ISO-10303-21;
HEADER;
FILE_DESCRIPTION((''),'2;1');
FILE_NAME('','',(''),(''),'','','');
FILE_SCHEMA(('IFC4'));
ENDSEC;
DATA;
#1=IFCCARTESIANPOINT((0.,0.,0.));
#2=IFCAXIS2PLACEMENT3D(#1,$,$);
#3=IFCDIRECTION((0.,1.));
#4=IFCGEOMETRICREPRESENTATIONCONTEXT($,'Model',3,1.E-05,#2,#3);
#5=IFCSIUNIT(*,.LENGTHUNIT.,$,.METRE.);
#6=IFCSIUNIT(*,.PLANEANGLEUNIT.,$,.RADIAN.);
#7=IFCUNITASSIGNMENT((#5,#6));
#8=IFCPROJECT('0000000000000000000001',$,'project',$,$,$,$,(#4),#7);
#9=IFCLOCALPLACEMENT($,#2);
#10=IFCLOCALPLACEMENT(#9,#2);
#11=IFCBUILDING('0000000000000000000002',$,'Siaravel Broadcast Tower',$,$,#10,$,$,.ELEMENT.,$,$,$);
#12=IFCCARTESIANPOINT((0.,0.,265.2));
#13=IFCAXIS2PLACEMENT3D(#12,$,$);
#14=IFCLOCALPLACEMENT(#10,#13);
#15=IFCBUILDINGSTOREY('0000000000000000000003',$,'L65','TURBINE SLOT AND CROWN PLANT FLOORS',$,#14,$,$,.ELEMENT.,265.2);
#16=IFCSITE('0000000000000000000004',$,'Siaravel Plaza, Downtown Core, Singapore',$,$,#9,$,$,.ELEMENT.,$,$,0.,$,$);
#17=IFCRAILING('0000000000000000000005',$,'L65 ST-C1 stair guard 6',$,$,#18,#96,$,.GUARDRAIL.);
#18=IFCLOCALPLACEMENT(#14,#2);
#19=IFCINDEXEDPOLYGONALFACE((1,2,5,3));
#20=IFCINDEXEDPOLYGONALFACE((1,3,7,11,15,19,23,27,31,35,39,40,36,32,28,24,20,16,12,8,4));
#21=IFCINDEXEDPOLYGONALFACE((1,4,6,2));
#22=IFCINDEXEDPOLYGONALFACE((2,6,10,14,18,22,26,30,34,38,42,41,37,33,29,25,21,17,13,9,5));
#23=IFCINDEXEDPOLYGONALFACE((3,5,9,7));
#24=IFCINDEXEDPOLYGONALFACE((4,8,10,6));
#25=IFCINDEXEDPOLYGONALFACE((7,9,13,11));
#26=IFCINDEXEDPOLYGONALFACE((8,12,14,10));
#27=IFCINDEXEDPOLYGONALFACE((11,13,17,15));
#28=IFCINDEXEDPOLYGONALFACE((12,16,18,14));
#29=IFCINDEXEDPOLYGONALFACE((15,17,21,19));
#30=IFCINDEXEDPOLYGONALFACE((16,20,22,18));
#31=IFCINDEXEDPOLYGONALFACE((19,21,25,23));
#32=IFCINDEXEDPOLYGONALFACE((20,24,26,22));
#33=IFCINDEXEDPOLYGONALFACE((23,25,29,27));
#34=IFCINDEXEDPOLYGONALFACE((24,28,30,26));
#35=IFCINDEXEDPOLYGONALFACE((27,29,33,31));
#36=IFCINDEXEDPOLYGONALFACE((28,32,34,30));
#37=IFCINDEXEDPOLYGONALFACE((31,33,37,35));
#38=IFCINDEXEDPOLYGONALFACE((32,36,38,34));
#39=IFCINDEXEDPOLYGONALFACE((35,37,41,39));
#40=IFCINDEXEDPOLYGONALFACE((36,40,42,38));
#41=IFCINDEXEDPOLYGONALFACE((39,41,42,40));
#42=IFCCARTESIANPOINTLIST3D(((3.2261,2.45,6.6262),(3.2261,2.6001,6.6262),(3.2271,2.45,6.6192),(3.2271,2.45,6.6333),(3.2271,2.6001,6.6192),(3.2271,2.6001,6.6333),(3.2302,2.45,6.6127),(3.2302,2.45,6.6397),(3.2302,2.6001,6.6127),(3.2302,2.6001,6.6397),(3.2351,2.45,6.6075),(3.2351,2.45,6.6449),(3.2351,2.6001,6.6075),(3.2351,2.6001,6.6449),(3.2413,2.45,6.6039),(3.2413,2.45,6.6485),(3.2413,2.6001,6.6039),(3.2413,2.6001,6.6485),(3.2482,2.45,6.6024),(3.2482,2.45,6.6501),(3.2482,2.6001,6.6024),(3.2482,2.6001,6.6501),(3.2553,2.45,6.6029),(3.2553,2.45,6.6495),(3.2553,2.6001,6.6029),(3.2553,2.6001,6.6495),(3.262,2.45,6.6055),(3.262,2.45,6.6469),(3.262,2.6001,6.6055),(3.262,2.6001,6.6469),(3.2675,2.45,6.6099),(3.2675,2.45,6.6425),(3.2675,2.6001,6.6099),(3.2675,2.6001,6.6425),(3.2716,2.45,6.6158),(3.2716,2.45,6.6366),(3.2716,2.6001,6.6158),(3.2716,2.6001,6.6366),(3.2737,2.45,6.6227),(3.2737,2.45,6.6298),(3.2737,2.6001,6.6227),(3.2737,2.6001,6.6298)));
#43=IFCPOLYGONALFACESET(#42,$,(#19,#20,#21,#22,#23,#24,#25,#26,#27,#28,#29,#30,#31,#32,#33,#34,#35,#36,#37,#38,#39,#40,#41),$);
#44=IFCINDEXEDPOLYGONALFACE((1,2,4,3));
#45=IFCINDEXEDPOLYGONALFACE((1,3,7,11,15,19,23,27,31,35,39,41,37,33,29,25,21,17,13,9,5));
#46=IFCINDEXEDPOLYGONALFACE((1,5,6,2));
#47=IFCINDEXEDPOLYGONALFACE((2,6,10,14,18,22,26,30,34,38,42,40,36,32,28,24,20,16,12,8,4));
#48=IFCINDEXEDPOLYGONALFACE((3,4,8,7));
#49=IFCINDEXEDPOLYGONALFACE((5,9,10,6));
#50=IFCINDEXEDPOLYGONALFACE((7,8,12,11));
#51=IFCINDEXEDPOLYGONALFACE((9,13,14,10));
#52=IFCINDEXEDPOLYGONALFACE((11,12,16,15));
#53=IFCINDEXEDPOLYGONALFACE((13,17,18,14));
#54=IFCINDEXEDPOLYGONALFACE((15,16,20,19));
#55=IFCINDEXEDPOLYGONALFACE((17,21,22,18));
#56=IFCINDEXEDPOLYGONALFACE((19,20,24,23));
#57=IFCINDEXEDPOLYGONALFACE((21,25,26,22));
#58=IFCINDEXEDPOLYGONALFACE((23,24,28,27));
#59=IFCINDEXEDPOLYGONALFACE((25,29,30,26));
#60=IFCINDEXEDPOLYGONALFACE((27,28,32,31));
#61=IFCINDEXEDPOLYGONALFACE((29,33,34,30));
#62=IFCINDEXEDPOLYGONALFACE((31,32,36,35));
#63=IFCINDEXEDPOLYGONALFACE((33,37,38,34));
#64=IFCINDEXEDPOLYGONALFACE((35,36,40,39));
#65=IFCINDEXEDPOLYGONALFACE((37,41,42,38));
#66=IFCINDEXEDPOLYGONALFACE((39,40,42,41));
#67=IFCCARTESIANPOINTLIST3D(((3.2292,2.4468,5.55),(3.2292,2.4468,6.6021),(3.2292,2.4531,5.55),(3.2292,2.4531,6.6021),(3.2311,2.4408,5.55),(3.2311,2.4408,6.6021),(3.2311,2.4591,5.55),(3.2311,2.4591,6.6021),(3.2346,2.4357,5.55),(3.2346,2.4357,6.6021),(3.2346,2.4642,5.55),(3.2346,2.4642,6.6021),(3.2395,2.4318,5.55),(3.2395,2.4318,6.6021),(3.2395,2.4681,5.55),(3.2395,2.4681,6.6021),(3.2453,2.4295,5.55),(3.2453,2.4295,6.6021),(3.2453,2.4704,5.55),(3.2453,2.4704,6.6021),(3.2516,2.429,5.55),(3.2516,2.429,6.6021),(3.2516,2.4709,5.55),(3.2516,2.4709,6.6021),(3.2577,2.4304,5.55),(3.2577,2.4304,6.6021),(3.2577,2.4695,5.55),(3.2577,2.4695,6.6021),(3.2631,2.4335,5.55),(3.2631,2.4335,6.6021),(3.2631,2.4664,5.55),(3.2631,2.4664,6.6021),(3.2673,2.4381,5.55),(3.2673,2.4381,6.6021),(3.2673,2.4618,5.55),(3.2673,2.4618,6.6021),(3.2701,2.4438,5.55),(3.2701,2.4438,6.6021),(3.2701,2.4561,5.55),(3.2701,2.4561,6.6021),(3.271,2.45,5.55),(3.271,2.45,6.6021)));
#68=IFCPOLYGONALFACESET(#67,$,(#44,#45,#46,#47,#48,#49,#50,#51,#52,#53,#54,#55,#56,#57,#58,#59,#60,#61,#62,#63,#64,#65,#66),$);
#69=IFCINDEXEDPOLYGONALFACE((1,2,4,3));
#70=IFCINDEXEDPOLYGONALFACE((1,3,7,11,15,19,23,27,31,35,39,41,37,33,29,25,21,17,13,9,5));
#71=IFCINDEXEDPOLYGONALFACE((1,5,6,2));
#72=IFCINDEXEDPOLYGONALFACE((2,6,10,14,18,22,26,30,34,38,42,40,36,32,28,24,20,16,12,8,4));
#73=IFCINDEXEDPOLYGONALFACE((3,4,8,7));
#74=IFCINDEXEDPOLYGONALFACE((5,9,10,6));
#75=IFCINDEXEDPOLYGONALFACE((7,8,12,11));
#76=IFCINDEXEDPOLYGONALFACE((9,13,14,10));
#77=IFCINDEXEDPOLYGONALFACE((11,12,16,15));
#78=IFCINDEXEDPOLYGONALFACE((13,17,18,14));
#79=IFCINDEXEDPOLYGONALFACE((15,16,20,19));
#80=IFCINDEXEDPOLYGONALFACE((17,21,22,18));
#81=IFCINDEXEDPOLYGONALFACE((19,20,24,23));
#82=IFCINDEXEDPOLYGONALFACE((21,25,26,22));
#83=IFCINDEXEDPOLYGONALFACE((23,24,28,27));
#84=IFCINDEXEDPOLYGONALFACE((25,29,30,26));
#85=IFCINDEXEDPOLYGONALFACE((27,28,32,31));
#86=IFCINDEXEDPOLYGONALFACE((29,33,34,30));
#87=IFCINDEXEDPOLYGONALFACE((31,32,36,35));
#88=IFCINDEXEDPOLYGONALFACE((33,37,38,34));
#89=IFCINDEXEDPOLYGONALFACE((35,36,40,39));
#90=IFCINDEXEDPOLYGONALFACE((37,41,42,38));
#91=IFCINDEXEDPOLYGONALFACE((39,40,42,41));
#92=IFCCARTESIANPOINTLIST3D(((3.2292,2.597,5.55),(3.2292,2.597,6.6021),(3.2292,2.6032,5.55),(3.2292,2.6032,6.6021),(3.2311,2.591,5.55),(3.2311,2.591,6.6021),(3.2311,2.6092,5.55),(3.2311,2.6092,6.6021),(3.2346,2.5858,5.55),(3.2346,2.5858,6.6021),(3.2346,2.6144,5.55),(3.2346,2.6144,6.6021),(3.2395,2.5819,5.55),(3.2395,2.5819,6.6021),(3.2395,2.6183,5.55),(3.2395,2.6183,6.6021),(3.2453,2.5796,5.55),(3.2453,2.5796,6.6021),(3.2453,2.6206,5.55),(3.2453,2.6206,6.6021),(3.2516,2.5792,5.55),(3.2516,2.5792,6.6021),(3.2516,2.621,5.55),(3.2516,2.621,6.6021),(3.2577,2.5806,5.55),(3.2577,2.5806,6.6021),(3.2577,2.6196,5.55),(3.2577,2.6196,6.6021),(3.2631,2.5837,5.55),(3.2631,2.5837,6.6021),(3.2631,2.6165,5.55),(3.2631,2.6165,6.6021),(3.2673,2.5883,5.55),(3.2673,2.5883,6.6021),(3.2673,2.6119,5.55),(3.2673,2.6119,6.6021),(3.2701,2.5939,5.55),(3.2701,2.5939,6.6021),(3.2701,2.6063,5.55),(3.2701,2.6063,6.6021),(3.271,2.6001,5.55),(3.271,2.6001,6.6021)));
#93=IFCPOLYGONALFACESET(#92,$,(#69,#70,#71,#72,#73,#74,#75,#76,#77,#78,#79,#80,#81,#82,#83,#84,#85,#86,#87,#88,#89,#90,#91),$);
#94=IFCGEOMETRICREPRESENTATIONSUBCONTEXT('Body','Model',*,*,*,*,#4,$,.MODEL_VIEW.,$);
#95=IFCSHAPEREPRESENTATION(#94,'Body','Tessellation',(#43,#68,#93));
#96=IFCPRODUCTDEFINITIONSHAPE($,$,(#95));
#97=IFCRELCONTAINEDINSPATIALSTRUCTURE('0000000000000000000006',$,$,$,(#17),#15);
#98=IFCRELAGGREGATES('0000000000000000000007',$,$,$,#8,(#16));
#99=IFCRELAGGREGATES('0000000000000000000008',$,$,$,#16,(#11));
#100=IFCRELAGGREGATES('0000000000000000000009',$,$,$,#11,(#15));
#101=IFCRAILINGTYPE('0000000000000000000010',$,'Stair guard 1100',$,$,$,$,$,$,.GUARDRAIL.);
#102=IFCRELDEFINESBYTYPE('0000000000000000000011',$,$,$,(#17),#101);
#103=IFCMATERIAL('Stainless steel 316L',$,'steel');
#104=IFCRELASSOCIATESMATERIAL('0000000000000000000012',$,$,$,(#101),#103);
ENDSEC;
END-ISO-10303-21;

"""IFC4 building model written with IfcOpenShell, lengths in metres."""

from ifc_helpers import new_model, si_unit, direction, frame, origin, origin_2d, place, context, subcontext, project, spatial, circle, extrude, material, type_object, element, save


model = new_model("IFC4")

# Units and contexts
model_context = context("Model", 3, precision=1e-05, world=origin(), true_north=direction((0.0, 1.0)))
body_context = subcontext(model_context, "Body", "Model", "MODEL_VIEW")
ifc_project = project(units=[si_unit("LENGTHUNIT", "METRE"), si_unit("PLANEANGLEUNIT", "RADIAN")], contexts=[model_context])

# Site, building, storey
site_placement = place(None, origin())
site = spatial("IfcSite", under=ifc_project, at=site_placement, Name="Siaravel Plaza, Downtown Core, Singapore", CompositionType="ELEMENT", RefElevation=0.0)
building_placement = place(site_placement, origin())
building = spatial("IfcBuilding", under=site, at=building_placement, Name="Siaravel Broadcast Tower", CompositionType="ELEMENT")
storey_placement = place(building_placement, frame((0.0, 0.0, 265.2)))
storey = spatial("IfcBuildingStorey", under=building, at=storey_placement, Name="L65", Description="TURBINE SLOT AND CROWN PLANT FLOORS", CompositionType="ELEMENT", Elevation=265.2)

# Railing
ifc_material_1 = material(Name="Stainless steel 316L", Category="steel")
railing_type_1 = type_object("IfcRailingType", Name="Stair guard 1100", PredefinedType="GUARDRAIL", material=ifc_material_1)
railing_1_placement = place(storey_placement, frame((3.25, 2.45, 5.55)))
element("IfcRailing", 1, at=railing_1_placement, inside=storey, type_object=railing_type_1, Name="L65 ST-C1 stair guard 6", PredefinedType="GUARDRAIL", context=body_context, shape_type="SweptSolid", body=[
    extrude(circle(Radius=0.0239, at=origin_2d()), frame((0.0, 0.0, 1.0762), z_axis=(0.0, 1.0, 0.0), x_axis=(-1.0, 0.0, 0.0)), (0.0, 0.0, 1.0), 0.1501),
    extrude(circle(Radius=0.021, at=origin_2d()), origin(), (0.0, 0.0, 1.0), 1.052),
    extrude(circle(Radius=0.021, at=origin_2d()), frame((0.0, 0.1501, 0.0)), (0.0, 0.0, 1.0), 1.052),
])

save(model, "model.ifc")
